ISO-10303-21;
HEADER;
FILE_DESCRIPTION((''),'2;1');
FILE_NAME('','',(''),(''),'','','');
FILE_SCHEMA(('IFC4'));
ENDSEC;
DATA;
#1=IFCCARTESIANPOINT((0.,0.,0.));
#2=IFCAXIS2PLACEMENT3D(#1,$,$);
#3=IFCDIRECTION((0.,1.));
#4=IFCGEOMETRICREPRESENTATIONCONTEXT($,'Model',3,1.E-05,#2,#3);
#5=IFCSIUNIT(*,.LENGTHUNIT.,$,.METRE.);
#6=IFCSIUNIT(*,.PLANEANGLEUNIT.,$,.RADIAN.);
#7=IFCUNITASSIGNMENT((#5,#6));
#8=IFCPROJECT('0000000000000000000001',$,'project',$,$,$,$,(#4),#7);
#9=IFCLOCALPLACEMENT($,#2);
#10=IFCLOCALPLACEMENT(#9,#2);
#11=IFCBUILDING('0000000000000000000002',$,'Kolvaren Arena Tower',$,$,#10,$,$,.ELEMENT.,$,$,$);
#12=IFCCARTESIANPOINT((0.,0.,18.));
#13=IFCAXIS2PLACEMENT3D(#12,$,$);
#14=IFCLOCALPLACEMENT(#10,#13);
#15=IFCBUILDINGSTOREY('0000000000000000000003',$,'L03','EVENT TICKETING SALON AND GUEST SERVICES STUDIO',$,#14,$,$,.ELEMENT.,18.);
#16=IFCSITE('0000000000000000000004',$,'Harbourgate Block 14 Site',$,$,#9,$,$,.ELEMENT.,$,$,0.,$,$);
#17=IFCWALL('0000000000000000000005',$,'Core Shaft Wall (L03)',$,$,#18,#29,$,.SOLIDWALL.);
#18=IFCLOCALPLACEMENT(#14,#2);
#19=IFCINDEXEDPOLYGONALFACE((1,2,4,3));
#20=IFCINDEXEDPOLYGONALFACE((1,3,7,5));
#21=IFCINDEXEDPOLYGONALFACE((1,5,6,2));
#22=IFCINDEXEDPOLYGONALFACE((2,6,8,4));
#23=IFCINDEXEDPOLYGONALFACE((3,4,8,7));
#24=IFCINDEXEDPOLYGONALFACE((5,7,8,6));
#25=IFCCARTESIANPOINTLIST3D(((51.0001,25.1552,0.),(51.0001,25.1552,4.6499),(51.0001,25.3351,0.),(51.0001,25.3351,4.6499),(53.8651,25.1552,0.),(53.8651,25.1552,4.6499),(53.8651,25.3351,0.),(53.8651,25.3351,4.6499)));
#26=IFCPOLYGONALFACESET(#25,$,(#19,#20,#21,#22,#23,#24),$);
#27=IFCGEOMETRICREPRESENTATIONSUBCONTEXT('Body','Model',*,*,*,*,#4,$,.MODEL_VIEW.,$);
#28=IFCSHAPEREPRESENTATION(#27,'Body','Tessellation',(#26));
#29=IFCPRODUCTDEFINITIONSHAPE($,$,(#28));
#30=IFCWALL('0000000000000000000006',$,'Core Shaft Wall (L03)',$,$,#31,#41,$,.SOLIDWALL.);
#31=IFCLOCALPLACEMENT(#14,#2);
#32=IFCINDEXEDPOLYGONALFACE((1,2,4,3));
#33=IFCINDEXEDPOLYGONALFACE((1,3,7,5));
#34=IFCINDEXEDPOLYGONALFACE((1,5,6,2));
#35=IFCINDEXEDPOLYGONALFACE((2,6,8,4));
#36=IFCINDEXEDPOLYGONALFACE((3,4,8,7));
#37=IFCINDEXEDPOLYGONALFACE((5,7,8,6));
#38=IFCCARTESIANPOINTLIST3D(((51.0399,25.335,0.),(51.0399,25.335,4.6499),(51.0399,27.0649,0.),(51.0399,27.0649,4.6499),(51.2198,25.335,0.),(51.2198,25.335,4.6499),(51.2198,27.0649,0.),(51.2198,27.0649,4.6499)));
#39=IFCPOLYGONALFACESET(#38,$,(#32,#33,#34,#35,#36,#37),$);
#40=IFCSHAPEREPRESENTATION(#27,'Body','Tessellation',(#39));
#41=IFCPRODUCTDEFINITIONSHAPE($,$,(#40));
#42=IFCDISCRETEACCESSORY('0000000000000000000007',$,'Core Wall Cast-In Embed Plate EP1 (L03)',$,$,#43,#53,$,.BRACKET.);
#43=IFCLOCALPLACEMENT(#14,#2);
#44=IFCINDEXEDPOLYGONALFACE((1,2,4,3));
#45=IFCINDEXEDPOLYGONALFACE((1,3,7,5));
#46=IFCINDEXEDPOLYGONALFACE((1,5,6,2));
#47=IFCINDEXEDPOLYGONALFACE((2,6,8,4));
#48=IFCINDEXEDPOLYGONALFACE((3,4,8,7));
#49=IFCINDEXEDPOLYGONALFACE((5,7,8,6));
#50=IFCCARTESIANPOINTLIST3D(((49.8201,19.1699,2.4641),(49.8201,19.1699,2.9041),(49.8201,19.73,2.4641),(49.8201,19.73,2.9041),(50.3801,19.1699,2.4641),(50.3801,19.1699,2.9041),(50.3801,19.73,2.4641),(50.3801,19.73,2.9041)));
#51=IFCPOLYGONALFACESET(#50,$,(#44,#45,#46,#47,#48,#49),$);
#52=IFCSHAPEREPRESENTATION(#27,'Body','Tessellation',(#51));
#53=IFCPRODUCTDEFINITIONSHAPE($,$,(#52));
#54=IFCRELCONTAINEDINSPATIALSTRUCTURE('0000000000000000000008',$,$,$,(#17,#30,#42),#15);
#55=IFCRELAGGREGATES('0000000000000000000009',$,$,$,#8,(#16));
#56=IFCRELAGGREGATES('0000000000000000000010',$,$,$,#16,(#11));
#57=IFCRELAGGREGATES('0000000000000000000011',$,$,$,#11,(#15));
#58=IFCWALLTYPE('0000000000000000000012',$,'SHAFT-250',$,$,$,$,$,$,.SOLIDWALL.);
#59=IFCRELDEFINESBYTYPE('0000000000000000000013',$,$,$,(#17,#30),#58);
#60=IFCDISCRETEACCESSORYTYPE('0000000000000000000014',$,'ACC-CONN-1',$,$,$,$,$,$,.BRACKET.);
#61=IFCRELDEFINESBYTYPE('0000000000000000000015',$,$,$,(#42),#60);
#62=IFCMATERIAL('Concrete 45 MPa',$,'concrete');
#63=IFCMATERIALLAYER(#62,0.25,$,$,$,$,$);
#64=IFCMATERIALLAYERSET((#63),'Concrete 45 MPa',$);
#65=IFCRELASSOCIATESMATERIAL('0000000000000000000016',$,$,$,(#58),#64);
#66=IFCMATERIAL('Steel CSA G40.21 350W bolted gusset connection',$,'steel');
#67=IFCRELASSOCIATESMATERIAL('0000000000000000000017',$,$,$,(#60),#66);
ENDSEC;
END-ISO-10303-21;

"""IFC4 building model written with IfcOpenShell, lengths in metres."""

from ifc_helpers import new_model, si_unit, direction, frame, frame_2d, origin, origin_2d, place, context, subcontext, project, spatial, rectangle, extrude, material, layer, layer_set, type_object, element, save


model = new_model("IFC4")

# Units and contexts
model_context = context("Model", 3, precision=1e-05, world=origin(), true_north=direction((0.0, 1.0)))
body_context = subcontext(model_context, "Body", "Model", "MODEL_VIEW")
ifc_project = project(units=[si_unit("LENGTHUNIT", "METRE"), si_unit("PLANEANGLEUNIT", "RADIAN")], contexts=[model_context])

# Site, building, storey
site_placement = place(None, origin())
site = spatial("IfcSite", under=ifc_project, at=site_placement, Name="Harbourgate Block 14 Site", CompositionType="ELEMENT", RefElevation=0.0)
building_placement = place(site_placement, origin())
building = spatial("IfcBuilding", under=site, at=building_placement, Name="Kolvaren Arena Tower", CompositionType="ELEMENT")
storey_placement = place(building_placement, frame((0.0, 0.0, 18.0)))
storey = spatial("IfcBuildingStorey", under=building, at=storey_placement, Name="L03", Description="EVENT TICKETING SALON AND GUEST SERVICES STUDIO", CompositionType="ELEMENT", Elevation=18.0)

# Shared definitions
ifc_material_1 = material(Name="Concrete 45 MPa", Category="concrete")
ifc_layer_1 = layer(ifc_material_1, 0.25)
ifc_layer_set_1 = layer_set([ifc_layer_1], Name="Concrete 45 MPa")
wall_type_1 = type_object("IfcWallType", Name="SHAFT-250", PredefinedType="SOLIDWALL", material=ifc_layer_set_1)

# Walls
wall_1_placement = place(storey_placement, frame((51.0, 25.2451, 0.0), z_axis=(0.0, 0.0, 1.0), x_axis=(1.0, 0.0, 0.0)))
element("IfcWall", 1, at=wall_1_placement, inside=storey, type_object=wall_type_1, Name="Core Shaft Wall (L03)", PredefinedType="SOLIDWALL", context=body_context, shape_type="SweptSolid", body=[
    extrude(rectangle(XDim=2.865, YDim=0.1799, at=frame_2d((1.4326, 0.0))), origin(), (0.0, 0.0, 1.0), 4.6499),
])
wall_2_placement = place(storey_placement, frame((51.1299, 25.335, 0.0), z_axis=(0.0, 0.0, 1.0), x_axis=(0.0, 1.0, 0.0)))
element("IfcWall", 2, at=wall_2_placement, inside=storey, type_object=wall_type_1, Name="Core Shaft Wall (L03)", PredefinedType="SOLIDWALL", context=body_context, shape_type="SweptSolid", body=[
    extrude(rectangle(XDim=1.73, YDim=0.1799, at=frame_2d((0.865, 0.0))), origin(), (0.0, 0.0, 1.0), 4.6499),
])

# Discrete accessory
ifc_material_2 = material(Name="Steel CSA G40.21 350W bolted gusset connection", Category="steel")
discrete_accessory_type = type_object("IfcDiscreteAccessoryType", Name="ACC-CONN-1", PredefinedType="BRACKET", material=ifc_material_2)
discrete_accessory_placement = place(storey_placement, frame((50.1001, 19.45, 2.4641), z_axis=(0.0, 0.0, 1.0), x_axis=(1.0, 0.0, 0.0)))
element("IfcDiscreteAccessory", 3, at=discrete_accessory_placement, inside=storey, type_object=discrete_accessory_type, Name="Core Wall Cast-In Embed Plate EP1 (L03)", PredefinedType="BRACKET", context=body_context, shape_type="SweptSolid", body=[
    extrude(rectangle(XDim=0.5601, YDim=0.5601, at=origin_2d()), origin(), (0.0, 0.0, 1.0), 0.4399),
])

save(model, "model.ifc")
